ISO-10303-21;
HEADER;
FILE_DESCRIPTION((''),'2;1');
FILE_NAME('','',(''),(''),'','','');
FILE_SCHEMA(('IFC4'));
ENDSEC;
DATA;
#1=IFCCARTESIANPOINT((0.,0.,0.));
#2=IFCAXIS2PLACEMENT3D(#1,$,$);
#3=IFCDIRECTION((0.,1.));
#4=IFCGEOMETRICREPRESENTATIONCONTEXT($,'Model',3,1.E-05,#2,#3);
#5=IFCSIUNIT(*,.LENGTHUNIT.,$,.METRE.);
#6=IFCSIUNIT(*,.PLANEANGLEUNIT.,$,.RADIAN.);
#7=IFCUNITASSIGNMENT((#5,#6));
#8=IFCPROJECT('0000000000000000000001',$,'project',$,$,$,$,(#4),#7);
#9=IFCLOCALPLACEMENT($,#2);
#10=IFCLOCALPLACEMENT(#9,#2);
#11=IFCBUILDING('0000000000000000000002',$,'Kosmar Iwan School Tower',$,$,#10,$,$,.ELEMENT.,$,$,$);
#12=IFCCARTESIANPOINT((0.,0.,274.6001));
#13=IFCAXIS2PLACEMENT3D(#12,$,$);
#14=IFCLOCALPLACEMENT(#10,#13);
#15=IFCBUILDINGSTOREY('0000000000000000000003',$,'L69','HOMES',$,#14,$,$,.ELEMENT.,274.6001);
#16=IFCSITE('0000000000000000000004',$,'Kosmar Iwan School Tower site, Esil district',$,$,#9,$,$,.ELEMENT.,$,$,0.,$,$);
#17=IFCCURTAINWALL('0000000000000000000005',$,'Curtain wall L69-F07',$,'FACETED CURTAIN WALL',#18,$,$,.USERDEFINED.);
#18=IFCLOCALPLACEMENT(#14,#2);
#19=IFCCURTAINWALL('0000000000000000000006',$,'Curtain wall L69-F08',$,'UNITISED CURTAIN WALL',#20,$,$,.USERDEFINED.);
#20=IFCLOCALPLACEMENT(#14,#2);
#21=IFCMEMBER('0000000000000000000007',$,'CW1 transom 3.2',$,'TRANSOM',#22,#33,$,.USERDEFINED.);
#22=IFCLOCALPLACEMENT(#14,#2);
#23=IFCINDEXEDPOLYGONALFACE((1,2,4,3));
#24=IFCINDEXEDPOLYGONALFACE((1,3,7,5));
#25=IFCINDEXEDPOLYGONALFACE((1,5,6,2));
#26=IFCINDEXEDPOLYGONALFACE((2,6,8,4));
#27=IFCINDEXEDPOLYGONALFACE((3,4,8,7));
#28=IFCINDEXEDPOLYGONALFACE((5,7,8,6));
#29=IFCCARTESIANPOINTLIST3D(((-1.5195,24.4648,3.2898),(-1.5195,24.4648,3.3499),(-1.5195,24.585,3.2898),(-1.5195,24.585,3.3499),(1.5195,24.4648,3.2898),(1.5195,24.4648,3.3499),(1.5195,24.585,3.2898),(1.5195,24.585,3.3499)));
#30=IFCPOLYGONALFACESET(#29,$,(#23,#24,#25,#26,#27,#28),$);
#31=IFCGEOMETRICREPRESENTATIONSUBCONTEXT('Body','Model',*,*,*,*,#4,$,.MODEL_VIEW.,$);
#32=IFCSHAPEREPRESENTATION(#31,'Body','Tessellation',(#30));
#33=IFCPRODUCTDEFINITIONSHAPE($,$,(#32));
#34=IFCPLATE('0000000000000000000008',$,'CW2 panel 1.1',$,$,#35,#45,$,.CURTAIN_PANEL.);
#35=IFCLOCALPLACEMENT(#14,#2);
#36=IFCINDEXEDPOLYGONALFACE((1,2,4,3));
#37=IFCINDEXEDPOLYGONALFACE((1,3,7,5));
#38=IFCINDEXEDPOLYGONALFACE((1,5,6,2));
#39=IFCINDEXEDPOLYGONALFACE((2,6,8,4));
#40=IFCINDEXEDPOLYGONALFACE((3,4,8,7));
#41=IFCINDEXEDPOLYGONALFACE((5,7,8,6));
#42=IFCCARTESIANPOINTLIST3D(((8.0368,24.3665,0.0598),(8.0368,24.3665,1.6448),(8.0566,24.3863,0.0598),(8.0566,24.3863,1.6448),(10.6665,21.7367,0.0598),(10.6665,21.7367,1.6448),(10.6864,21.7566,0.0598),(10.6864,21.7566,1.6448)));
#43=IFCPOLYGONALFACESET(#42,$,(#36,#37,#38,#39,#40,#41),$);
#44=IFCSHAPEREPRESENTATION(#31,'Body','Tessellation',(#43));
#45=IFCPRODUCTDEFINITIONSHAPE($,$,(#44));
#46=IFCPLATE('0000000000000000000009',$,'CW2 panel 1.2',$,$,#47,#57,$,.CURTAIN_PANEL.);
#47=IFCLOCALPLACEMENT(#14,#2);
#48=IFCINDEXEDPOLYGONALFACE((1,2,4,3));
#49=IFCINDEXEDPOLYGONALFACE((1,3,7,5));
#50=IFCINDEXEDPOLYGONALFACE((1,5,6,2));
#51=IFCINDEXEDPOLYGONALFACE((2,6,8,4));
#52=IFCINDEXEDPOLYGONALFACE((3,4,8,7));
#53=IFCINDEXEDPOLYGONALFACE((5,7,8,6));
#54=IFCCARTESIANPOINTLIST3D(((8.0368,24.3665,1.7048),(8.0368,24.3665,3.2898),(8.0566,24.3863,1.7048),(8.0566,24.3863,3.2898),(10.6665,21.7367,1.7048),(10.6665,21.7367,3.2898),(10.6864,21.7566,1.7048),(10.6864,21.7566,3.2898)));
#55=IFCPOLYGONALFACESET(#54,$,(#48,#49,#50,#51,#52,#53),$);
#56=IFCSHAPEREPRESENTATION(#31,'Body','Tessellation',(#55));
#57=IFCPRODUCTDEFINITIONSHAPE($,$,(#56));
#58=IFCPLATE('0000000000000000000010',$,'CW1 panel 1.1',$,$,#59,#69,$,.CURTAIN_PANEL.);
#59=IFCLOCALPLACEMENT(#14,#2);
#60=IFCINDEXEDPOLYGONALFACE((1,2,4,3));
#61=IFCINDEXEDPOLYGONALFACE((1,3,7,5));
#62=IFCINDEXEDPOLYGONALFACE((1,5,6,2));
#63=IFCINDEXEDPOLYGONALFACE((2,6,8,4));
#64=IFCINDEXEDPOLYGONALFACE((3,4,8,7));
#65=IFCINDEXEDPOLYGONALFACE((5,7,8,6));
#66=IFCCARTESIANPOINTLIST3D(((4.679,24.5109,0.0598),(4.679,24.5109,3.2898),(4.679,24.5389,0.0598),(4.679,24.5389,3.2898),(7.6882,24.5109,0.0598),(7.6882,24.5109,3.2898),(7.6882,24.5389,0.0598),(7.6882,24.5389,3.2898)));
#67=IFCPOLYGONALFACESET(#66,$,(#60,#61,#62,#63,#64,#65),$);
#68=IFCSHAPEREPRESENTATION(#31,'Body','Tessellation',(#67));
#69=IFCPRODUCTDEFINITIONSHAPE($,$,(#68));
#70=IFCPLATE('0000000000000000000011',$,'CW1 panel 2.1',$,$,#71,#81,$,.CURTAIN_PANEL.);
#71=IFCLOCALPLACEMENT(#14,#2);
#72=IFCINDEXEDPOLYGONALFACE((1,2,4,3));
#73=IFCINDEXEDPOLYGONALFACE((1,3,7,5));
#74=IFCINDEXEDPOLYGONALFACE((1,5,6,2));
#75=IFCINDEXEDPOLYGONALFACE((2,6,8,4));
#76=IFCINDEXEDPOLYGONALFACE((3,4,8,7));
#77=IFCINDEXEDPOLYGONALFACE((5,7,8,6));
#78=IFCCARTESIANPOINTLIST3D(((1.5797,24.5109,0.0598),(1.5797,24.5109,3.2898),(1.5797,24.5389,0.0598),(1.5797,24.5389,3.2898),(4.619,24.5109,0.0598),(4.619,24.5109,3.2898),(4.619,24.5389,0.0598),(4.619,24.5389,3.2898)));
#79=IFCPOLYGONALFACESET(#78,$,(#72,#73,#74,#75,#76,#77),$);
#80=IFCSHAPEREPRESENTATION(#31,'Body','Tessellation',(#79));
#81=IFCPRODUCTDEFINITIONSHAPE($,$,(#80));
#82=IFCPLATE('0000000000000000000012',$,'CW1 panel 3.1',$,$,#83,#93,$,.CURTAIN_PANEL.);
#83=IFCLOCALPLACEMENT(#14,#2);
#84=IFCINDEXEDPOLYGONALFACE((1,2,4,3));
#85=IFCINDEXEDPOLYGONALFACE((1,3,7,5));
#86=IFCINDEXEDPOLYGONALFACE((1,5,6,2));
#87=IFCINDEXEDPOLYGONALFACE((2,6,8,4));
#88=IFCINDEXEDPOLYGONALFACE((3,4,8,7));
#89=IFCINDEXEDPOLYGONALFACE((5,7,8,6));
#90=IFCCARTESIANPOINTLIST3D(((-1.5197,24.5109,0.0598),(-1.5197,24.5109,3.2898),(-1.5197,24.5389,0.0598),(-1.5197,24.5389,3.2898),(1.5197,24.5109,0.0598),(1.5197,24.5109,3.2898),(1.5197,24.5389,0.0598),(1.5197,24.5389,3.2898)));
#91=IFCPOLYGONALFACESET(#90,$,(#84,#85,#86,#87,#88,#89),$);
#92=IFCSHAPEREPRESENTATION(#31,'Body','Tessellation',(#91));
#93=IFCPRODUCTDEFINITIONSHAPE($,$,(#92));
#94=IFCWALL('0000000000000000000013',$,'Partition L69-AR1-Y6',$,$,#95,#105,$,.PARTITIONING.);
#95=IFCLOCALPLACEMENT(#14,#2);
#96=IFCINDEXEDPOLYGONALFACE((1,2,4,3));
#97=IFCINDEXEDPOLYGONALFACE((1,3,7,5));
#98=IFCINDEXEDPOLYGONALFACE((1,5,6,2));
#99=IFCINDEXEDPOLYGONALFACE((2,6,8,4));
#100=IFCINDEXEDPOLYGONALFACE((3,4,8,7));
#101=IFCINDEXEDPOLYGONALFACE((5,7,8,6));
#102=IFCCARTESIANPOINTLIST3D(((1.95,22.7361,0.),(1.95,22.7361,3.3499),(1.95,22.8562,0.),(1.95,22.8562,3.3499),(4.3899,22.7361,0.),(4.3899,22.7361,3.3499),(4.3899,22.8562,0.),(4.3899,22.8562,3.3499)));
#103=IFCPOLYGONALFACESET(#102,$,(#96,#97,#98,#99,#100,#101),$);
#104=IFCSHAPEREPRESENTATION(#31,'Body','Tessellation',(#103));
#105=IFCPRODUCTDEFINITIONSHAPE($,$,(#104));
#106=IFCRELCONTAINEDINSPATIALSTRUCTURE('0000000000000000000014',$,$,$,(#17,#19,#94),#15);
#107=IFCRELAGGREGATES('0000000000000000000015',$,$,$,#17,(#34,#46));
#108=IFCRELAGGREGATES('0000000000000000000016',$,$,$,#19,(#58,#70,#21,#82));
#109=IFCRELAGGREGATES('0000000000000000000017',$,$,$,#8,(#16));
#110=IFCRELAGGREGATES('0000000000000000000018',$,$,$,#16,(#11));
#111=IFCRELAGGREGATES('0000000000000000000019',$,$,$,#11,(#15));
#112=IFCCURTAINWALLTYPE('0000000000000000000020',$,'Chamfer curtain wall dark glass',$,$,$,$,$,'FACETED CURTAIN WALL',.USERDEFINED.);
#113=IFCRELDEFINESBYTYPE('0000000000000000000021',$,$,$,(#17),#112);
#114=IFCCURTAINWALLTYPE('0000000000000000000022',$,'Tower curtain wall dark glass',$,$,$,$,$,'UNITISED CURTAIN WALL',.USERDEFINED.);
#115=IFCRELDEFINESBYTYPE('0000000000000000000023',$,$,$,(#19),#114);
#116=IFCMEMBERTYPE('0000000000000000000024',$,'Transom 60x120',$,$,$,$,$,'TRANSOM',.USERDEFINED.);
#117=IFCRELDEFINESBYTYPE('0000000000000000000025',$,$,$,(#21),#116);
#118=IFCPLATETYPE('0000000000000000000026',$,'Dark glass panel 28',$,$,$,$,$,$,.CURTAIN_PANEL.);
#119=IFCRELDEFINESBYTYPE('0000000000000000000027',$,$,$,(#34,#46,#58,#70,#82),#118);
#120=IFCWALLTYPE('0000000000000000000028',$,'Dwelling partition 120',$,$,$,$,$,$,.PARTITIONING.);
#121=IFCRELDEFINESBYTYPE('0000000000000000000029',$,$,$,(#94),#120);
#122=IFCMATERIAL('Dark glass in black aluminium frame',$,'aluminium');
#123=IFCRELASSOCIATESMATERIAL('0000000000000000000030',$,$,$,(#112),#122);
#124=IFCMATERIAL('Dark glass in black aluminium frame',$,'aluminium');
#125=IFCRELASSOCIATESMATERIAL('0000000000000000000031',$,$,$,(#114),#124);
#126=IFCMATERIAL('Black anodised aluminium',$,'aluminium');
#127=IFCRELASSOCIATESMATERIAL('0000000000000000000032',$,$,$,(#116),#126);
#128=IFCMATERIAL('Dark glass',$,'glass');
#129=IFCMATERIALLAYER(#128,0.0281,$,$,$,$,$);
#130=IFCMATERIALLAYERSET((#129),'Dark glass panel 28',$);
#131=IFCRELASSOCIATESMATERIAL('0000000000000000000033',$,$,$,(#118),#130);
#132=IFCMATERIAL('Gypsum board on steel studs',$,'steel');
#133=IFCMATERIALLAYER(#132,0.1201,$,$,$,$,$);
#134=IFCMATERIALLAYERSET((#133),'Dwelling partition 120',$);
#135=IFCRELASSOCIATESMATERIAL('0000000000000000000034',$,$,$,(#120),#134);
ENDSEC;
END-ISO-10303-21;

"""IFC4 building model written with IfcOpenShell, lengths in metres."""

from ifc_helpers import new_model, si_unit, direction, frame, frame_2d, origin, origin_2d, place, context, subcontext, project, spatial, rectangle, extrude, material, layer, layer_set, material_profile, profile_set, type_object, element, aggregate, save


model = new_model("IFC4")

# Units and contexts
model_context = context("Model", 3, precision=1e-05, world=origin(), true_north=direction((0.0, 1.0)))
body_context = subcontext(model_context, "Body", "Model", "MODEL_VIEW")
ifc_project = project(units=[si_unit("LENGTHUNIT", "METRE"), si_unit("PLANEANGLEUNIT", "RADIAN")], contexts=[model_context])

# Site, building, storey
site_placement = place(None, origin())
site = spatial("IfcSite", under=ifc_project, at=site_placement, Name="Kosmar Iwan School Tower site, Esil district", CompositionType="ELEMENT", RefElevation=0.0)
building_placement = place(site_placement, origin())
building = spatial("IfcBuilding", under=site, at=building_placement, Name="Kosmar Iwan School Tower", CompositionType="ELEMENT")
storey_placement = place(building_placement, frame((0.0, 0.0, 274.6001)))
storey = spatial("IfcBuildingStorey", under=building, at=storey_placement, Name="L69", Description="HOMES", CompositionType="ELEMENT", Elevation=274.6001)

# Curtain wall
ifc_material_1 = material(Name="Dark glass in black aluminium frame", Category="aluminium")
curtain_wall_type_1 = type_object("IfcCurtainWallType", Name="Chamfer curtain wall dark glass", ElementType="FACETED CURTAIN WALL", PredefinedType="USERDEFINED", material=ifc_material_1)
curtain_wall_1_placement = place(storey_placement, origin())
curtain_wall_1 = element("IfcCurtainWall", 1, at=curtain_wall_1_placement, inside=storey, type_object=curtain_wall_type_1, Name="Curtain wall L69-F07", ObjectType="FACETED CURTAIN WALL", PredefinedType="USERDEFINED")

# Curtain wall
ifc_material_2 = material(Name="Dark glass in black aluminium frame", Category="aluminium")
curtain_wall_type_2 = type_object("IfcCurtainWallType", Name="Tower curtain wall dark glass", ElementType="UNITISED CURTAIN WALL", PredefinedType="USERDEFINED", material=ifc_material_2)
curtain_wall_2_placement = place(storey_placement, origin())
curtain_wall_2 = element("IfcCurtainWall", 2, at=curtain_wall_2_placement, inside=storey, type_object=curtain_wall_type_2, Name="Curtain wall L69-F08", ObjectType="UNITISED CURTAIN WALL", PredefinedType="USERDEFINED")

# Member
ifc_material_3 = material(Name="Black anodised aluminium", Category="aluminium")
ifc_material_profile_1 = material_profile(ifc_material_3, rectangle(XDim=0.1201, YDim=0.0601, at=origin_2d()), Name="TRANSOM 60x120")
ifc_profile_set_1 = profile_set([ifc_material_profile_1], Name="Black anodised aluminium")
member_type_1 = type_object("IfcMemberType", Name="Transom 60x120", ElementType="TRANSOM", PredefinedType="USERDEFINED", material=ifc_profile_set_1)
member_1_placement = place(storey_placement, frame((1.5195, 24.5249, 3.3198), z_axis=(-1.0, 0.0, 0.0), x_axis=(0.0, -1.0, 0.0)))
member_1 = element("IfcMember", 3, at=member_1_placement, type_object=member_type_1, Name="CW1 transom 3.2", ObjectType="TRANSOM", PredefinedType="USERDEFINED", context=body_context, shape_type="SweptSolid", body=[
    extrude(rectangle(XDim=0.1201, YDim=0.0601, at=origin_2d()), origin(), (0.0, 0.0, 1.0), 3.0391),
])

# Plates
ifc_material_4 = material(Name="Dark glass", Category="glass")
ifc_layer_1 = layer(ifc_material_4, 0.0281)
ifc_layer_set_1 = layer_set([ifc_layer_1], Name="Dark glass panel 28")
plate_type = type_object("IfcPlateType", Name="Dark glass panel 28", PredefinedType="CURTAIN_PANEL", material=ifc_layer_set_1)
plate_1_placement = place(storey_placement, frame((9.3616, 23.0615, 0.0598), z_axis=(0.0, 0.0, 1.0), x_axis=(-0.707107, 0.707107, 0.0)))
plate_1 = element("IfcPlate", 4, at=plate_1_placement, type_object=plate_type, Name="CW2 panel 1.1", PredefinedType="CURTAIN_PANEL", context=body_context, shape_type="SweptSolid", body=[
    extrude(rectangle(XDim=3.719, YDim=0.0281, at=origin_2d()), origin(), (0.0, 0.0, 1.0), 1.585),
])
plate_2_placement = place(storey_placement, frame((9.3616, 23.0615, 1.7048), z_axis=(0.0, 0.0, 1.0), x_axis=(-0.707107, 0.707107, 0.0)))
plate_2 = element("IfcPlate", 5, at=plate_2_placement, type_object=plate_type, Name="CW2 panel 1.2", PredefinedType="CURTAIN_PANEL", context=body_context, shape_type="SweptSolid", body=[
    extrude(rectangle(XDim=3.719, YDim=0.0281, at=origin_2d()), origin(), (0.0, 0.0, 1.0), 1.585),
])
aggregate(curtain_wall_1, [plate_1, plate_2])
plate_3_placement = place(storey_placement, frame((6.1836, 24.5249, 0.0598), z_axis=(0.0, 0.0, 1.0), x_axis=(-1.0, 0.0, 0.0)))
plate_3 = element("IfcPlate", 6, at=plate_3_placement, type_object=plate_type, Name="CW1 panel 1.1", PredefinedType="CURTAIN_PANEL", context=body_context, shape_type="SweptSolid", body=[
    extrude(rectangle(XDim=3.0093, YDim=0.0281, at=origin_2d()), origin(), (0.0, 0.0, 1.0), 3.23),
])
plate_4_placement = place(storey_placement, frame((3.0994, 24.5249, 0.0598), z_axis=(0.0, 0.0, 1.0), x_axis=(-1.0, 0.0, 0.0)))
plate_4 = element("IfcPlate", 7, at=plate_4_placement, type_object=plate_type, Name="CW1 panel 2.1", PredefinedType="CURTAIN_PANEL", context=body_context, shape_type="SweptSolid", body=[
    extrude(rectangle(XDim=3.0393, YDim=0.0281, at=origin_2d()), origin(), (0.0, 0.0, 1.0), 3.23),
])
plate_5_placement = place(storey_placement, frame((0.0, 24.5249, 0.0598), z_axis=(0.0, 0.0, 1.0), x_axis=(-1.0, 0.0, 0.0)))
plate_5 = element("IfcPlate", 8, at=plate_5_placement, type_object=plate_type, Name="CW1 panel 3.1", PredefinedType="CURTAIN_PANEL", context=body_context, shape_type="SweptSolid", body=[
    extrude(rectangle(XDim=3.0393, YDim=0.0281, at=origin_2d()), origin(), (0.0, 0.0, 1.0), 3.23),
])
aggregate(curtain_wall_2, [plate_3, plate_4, member_1, plate_5])

# Wall
ifc_material_5 = material(Name="Gypsum board on steel studs", Category="steel")
ifc_layer_2 = layer(ifc_material_5, 0.1201)
ifc_layer_set_2 = layer_set([ifc_layer_2], Name="Dwelling partition 120")
wall_type = type_object("IfcWallType", Name="Dwelling partition 120", PredefinedType="PARTITIONING", material=ifc_layer_set_2)
wall_placement = place(storey_placement, frame((1.95, 22.7961, 0.0), z_axis=(0.0, 0.0, 1.0), x_axis=(1.0, 0.0, 0.0)))
element("IfcWall", 9, at=wall_placement, inside=storey, type_object=wall_type, Name="Partition L69-AR1-Y6", PredefinedType="PARTITIONING", context=body_context, shape_type="SweptSolid", body=[
    extrude(rectangle(XDim=2.4399, YDim=0.1201, at=frame_2d((1.22, 0.0))), origin(), (0.0, 0.0, 1.0), 3.3499),
])

save(model, "model.ifc")
